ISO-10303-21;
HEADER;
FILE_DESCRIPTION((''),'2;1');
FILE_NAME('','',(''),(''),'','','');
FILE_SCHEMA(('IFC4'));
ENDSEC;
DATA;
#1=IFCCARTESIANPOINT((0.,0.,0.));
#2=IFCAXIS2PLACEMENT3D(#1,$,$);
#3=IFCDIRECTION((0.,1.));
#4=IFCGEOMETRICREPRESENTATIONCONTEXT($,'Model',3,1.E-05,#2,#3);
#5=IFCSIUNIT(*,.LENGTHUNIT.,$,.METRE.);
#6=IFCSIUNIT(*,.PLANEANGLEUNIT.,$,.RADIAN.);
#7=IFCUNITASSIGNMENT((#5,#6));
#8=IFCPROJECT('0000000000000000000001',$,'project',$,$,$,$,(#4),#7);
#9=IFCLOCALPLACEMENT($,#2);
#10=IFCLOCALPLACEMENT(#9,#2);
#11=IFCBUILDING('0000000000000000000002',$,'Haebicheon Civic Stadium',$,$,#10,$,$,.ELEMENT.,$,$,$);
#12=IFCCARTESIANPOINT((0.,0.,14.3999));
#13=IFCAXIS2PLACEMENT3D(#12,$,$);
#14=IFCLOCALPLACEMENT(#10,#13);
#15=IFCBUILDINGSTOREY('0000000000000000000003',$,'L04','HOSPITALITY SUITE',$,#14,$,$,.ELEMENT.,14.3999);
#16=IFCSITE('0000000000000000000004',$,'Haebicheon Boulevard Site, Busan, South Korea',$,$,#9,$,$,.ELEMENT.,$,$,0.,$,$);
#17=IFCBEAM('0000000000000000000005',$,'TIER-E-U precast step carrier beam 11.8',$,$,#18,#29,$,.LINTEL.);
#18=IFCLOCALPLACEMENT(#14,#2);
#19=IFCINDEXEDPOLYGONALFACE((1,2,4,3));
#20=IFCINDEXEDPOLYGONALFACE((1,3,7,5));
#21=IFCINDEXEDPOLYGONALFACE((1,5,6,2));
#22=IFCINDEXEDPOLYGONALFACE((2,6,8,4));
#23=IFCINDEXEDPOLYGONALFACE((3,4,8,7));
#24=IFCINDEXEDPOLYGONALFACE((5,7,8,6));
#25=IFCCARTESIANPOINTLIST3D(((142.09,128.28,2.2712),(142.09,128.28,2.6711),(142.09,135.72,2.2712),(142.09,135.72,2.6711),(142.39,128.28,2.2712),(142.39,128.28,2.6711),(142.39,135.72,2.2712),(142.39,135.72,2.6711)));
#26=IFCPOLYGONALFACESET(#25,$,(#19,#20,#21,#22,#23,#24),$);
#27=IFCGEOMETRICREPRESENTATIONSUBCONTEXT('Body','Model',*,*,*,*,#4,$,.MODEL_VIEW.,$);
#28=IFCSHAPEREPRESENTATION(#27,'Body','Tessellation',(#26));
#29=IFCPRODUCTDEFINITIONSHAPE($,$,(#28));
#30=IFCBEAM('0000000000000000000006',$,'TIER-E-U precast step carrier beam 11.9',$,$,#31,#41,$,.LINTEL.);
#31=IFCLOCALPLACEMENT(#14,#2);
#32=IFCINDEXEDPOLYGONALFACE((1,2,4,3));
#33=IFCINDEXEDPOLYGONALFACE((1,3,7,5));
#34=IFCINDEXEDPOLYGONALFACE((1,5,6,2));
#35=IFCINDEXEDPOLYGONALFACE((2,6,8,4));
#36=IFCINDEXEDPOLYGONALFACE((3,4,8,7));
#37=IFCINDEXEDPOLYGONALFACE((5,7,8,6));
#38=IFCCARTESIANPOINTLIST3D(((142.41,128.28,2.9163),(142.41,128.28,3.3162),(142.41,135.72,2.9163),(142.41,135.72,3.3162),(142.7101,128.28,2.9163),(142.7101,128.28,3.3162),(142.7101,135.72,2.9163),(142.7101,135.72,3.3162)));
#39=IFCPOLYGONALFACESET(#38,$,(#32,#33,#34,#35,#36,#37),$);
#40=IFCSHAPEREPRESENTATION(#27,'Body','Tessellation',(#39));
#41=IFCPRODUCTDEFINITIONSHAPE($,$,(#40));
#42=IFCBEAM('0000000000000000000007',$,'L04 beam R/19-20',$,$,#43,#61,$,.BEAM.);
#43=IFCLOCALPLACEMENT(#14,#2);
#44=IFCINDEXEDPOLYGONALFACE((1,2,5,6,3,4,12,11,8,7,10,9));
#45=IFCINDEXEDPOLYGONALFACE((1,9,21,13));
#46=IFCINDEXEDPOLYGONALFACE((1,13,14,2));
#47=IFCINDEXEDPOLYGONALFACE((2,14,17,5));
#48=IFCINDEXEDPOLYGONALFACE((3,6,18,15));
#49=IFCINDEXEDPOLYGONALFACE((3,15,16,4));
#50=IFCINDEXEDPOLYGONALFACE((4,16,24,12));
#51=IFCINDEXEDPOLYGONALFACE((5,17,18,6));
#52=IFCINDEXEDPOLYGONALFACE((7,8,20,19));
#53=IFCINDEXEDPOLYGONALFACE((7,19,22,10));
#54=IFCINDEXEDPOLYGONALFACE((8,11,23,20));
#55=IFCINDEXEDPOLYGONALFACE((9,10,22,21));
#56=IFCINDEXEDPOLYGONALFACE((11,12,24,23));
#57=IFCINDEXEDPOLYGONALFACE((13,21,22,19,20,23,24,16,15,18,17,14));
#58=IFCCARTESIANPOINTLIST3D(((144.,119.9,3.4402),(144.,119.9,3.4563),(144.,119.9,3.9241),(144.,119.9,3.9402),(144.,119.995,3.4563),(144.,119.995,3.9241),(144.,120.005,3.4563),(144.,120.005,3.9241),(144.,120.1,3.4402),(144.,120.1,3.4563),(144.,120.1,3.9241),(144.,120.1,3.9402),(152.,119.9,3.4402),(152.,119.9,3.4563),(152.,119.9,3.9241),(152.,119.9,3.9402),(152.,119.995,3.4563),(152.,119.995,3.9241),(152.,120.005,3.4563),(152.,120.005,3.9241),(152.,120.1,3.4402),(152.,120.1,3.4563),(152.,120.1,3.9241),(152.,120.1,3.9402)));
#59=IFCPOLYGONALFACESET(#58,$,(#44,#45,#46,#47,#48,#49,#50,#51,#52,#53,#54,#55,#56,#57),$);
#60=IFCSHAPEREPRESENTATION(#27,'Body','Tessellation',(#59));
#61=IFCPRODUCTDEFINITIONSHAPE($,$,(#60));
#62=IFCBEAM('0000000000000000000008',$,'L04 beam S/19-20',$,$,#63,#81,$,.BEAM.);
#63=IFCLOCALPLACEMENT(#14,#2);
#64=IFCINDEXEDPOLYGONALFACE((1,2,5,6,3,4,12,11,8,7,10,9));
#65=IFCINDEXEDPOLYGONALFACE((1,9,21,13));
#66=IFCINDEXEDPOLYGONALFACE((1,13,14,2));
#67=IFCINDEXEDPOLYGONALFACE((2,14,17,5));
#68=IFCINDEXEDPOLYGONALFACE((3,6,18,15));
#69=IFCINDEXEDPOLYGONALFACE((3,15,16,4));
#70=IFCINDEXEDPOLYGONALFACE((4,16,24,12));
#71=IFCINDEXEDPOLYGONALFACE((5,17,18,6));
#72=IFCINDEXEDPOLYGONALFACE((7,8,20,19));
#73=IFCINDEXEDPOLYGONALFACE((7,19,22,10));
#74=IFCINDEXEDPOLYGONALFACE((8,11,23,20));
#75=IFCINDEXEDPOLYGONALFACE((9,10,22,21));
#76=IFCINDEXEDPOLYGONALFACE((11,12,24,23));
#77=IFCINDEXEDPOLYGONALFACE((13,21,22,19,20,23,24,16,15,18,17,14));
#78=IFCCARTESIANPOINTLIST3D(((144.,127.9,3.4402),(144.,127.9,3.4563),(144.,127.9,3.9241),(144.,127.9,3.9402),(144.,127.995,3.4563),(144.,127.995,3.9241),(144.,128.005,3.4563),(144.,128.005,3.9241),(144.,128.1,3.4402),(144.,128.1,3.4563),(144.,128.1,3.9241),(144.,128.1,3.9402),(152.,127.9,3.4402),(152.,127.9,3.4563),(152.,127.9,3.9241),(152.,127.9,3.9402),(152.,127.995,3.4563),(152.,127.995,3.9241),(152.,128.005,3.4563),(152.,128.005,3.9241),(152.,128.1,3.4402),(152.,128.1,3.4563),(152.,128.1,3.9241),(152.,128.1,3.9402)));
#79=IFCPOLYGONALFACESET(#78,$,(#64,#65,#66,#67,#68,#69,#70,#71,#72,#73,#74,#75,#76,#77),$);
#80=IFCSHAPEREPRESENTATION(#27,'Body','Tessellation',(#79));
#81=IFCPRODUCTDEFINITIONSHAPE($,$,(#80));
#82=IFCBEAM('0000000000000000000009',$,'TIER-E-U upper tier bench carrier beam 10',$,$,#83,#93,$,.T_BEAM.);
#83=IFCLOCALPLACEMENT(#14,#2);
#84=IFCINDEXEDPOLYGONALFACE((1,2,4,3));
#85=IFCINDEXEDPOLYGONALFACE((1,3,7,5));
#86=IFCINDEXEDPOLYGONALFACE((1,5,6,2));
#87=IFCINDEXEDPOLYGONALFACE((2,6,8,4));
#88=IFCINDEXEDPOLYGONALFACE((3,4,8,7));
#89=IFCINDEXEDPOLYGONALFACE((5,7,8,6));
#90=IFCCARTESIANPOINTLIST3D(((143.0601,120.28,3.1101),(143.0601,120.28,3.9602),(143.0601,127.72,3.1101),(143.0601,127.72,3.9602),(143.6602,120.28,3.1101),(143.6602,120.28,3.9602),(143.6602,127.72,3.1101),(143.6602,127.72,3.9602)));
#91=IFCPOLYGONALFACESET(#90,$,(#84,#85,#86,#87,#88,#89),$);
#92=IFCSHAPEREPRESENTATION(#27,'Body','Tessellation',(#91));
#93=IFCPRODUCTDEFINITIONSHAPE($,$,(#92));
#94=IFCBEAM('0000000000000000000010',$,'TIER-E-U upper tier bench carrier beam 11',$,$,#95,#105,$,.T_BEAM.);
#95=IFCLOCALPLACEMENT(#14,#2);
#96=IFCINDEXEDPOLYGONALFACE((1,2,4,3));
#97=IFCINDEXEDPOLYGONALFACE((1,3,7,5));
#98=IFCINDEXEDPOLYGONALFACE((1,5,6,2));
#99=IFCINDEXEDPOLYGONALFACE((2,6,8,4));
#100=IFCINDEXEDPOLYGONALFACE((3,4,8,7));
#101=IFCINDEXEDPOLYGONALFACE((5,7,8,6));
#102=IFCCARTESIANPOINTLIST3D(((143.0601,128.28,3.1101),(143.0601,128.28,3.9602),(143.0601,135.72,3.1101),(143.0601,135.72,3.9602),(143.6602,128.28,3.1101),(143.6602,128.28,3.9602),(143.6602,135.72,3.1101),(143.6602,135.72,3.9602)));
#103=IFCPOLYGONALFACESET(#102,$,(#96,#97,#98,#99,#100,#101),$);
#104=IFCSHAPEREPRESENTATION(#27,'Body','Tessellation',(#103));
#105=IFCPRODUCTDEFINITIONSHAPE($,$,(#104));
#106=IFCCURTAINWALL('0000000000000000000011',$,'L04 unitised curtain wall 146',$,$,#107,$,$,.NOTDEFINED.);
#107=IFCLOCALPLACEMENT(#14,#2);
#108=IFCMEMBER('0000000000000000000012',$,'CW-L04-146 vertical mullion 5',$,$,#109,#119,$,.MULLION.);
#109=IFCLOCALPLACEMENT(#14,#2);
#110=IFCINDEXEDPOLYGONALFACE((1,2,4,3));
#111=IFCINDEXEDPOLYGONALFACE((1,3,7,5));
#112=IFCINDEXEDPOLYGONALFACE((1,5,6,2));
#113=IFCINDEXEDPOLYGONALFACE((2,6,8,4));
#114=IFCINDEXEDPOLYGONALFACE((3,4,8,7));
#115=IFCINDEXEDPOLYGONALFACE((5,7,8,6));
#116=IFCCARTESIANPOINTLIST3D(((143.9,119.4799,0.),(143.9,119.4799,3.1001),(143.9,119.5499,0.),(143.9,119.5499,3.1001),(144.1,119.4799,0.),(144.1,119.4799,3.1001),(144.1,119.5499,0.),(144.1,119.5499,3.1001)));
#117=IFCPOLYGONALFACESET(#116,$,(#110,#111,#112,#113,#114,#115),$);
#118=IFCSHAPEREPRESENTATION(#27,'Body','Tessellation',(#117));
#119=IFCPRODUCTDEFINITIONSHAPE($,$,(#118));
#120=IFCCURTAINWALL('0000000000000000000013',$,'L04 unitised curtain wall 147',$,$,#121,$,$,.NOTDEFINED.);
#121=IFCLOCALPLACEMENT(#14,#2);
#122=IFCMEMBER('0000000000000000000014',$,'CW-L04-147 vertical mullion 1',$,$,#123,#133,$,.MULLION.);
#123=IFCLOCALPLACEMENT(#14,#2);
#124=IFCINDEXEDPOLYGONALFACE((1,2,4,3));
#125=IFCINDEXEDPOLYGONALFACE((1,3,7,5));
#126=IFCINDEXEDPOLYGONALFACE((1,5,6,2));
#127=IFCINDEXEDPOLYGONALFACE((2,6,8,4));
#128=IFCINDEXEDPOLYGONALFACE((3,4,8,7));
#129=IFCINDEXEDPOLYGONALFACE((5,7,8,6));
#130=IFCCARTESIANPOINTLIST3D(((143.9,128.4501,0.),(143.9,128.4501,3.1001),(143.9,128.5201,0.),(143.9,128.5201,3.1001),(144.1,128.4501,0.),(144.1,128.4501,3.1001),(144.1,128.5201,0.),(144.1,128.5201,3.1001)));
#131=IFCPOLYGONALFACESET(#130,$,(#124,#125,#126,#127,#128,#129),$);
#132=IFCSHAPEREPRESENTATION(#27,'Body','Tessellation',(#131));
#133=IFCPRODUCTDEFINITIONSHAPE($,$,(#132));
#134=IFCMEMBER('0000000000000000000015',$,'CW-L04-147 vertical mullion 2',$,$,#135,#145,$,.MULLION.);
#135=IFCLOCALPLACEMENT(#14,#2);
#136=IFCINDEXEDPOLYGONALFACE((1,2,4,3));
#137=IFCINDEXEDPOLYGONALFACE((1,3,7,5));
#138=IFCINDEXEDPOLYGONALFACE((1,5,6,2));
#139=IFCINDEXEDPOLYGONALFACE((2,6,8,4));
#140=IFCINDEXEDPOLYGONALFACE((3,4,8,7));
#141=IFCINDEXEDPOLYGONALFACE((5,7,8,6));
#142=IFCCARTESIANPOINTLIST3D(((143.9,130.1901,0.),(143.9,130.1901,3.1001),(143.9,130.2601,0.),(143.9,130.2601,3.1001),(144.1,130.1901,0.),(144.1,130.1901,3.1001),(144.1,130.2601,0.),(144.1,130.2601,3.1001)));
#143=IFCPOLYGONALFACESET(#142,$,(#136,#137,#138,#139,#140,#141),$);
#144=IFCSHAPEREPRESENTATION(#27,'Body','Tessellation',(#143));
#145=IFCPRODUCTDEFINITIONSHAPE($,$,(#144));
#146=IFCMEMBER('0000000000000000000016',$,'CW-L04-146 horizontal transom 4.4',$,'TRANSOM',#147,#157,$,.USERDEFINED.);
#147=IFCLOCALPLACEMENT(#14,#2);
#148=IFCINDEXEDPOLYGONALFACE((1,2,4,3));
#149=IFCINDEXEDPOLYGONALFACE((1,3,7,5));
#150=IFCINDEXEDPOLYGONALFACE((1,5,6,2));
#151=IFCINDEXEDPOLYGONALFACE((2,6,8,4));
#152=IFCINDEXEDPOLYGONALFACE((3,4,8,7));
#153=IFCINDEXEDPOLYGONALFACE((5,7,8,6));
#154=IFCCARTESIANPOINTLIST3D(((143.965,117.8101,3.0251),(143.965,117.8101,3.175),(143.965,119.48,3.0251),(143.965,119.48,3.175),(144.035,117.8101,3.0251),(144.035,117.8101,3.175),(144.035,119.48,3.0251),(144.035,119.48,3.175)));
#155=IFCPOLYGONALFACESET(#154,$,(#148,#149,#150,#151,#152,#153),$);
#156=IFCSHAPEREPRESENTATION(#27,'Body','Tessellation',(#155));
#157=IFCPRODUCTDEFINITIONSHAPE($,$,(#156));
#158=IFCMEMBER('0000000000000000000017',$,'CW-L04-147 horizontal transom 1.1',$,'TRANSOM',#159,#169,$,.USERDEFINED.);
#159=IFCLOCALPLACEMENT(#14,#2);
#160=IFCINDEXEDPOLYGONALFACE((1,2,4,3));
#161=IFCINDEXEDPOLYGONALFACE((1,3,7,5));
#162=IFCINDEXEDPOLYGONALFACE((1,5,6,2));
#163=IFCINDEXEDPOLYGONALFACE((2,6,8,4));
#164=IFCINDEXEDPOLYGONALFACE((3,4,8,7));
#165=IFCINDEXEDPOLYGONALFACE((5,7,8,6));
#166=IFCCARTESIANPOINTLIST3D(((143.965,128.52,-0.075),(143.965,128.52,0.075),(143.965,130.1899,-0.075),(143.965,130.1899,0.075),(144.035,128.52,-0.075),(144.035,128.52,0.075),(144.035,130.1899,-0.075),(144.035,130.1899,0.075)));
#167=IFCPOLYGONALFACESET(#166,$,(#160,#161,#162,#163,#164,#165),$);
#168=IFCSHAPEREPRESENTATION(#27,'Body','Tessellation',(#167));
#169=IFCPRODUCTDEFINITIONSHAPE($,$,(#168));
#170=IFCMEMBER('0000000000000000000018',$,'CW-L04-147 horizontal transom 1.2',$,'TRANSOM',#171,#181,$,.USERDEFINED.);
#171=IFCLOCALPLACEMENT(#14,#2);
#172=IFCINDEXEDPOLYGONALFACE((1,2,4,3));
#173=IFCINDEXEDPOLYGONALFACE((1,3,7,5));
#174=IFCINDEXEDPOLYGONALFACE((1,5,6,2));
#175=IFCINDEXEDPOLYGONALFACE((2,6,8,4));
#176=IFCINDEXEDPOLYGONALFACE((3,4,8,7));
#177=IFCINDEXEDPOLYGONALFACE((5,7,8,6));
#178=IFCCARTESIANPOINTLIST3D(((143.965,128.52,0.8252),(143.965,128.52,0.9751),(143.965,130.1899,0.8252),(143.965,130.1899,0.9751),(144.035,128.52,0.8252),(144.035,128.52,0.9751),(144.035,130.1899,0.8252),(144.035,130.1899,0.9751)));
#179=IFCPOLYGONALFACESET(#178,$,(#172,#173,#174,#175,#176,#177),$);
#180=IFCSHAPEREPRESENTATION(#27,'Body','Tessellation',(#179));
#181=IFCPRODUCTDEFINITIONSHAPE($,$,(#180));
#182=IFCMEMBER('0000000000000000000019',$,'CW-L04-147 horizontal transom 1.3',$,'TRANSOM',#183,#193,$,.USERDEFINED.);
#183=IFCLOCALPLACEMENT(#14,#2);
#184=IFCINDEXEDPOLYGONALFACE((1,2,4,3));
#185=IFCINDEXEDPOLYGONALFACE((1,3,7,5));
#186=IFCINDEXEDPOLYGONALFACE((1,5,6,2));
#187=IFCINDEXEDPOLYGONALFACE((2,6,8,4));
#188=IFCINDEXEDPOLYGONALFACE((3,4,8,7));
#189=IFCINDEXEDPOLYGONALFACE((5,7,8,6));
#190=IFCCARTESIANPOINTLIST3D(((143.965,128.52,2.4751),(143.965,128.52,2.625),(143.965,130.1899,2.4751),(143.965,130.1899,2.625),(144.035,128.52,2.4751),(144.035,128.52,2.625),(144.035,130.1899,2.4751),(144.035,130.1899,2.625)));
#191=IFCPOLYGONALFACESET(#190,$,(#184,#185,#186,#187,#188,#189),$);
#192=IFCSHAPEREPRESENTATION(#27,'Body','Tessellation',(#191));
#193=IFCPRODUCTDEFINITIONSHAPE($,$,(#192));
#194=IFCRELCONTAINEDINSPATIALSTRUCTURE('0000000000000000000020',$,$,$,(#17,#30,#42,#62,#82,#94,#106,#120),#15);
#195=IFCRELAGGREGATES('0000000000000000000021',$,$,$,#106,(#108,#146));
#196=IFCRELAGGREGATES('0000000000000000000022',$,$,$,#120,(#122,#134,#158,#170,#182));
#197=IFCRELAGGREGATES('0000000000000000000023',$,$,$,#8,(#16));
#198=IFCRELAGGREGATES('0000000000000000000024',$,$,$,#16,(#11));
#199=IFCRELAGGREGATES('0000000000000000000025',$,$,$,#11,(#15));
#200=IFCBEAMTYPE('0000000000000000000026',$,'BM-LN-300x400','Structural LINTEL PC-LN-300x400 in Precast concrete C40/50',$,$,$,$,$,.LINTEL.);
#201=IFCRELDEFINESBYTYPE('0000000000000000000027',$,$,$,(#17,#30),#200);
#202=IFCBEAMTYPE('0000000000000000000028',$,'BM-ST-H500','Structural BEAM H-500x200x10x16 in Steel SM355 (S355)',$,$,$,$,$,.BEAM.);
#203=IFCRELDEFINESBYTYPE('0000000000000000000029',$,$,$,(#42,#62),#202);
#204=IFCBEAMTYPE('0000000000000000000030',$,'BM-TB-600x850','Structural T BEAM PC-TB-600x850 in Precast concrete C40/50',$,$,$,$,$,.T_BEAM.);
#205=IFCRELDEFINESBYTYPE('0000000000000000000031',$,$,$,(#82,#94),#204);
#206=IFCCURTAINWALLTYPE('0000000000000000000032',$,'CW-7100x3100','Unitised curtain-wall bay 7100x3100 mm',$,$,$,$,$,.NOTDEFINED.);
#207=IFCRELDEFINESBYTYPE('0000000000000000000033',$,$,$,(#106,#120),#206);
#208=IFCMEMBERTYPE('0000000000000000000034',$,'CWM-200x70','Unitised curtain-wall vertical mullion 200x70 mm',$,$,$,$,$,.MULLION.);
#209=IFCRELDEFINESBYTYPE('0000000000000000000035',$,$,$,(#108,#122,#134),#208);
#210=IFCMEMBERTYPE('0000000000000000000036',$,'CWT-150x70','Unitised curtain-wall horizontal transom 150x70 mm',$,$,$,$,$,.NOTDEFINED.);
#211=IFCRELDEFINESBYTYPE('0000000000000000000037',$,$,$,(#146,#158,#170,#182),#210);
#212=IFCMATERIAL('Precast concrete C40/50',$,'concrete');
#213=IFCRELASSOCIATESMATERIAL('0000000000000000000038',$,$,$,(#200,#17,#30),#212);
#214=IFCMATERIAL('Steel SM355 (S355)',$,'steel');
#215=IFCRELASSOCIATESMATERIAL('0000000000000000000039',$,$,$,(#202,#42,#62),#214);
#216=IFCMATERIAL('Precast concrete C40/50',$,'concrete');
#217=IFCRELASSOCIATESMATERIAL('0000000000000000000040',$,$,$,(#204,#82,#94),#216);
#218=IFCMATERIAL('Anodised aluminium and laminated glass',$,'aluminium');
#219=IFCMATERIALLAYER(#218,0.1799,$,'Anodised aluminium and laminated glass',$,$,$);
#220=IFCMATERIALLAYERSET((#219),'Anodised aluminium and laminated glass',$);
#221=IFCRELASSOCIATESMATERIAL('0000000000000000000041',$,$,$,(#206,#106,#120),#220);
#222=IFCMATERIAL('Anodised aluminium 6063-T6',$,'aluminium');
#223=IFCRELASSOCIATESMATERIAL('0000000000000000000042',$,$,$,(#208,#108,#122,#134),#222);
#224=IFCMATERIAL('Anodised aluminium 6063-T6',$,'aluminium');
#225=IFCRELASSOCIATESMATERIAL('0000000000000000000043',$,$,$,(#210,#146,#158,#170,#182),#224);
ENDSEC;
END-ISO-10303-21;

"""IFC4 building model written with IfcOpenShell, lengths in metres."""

from ifc_helpers import new_model, si_unit, direction, frame, origin, origin_2d, place, context, subcontext, project, spatial, rectangle, i_section, extrude, material, layer, layer_set, material_profile, profile_set, type_object, element, aggregate, save


model = new_model("IFC4")

# Units and contexts
model_context = context("Model", 3, precision=1e-05, world=origin(), true_north=direction((0.0, 1.0)))
body_context = subcontext(model_context, "Body", "Model", "MODEL_VIEW")
ifc_project = project(units=[si_unit("LENGTHUNIT", "METRE"), si_unit("PLANEANGLEUNIT", "RADIAN")], contexts=[model_context])

# Site, building, storey
site_placement = place(None, origin())
site = spatial("IfcSite", under=ifc_project, at=site_placement, Name="Haebicheon Boulevard Site, Busan, South Korea", CompositionType="ELEMENT", RefElevation=0.0)
building_placement = place(site_placement, origin())
building = spatial("IfcBuilding", under=site, at=building_placement, Name="Haebicheon Civic Stadium", CompositionType="ELEMENT")
storey_placement = place(building_placement, frame((0.0, 0.0, 14.3999)))
storey = spatial("IfcBuildingStorey", under=building, at=storey_placement, Name="L04", Description="HOSPITALITY SUITE", CompositionType="ELEMENT", Elevation=14.3999)

# Beams
ifc_material_1 = material(Name="Precast concrete C40/50", Category="concrete")
ifc_material_profile_1 = material_profile(ifc_material_1, rectangle(XDim=0.3, YDim=0.3999, at=origin_2d()), Name="PC-LN-300x400")
ifc_profile_set_1 = profile_set([ifc_material_profile_1], Name="Precast concrete C40/50")
beam_type_1 = type_object("IfcBeamType", Name="BM-LN-300x400", Description="Structural LINTEL PC-LN-300x400 in Precast concrete C40/50", PredefinedType="LINTEL", material=ifc_profile_set_1)
for number, where, z_axis, x_axis, name in (
    (1, (142.24, 128.28, 2.4712), (0.0, 1.0, 0.0), (-1.0, 0.0, 0.0), "TIER-E-U precast step carrier beam 11.8"),
    (2, (142.5601, 128.28, 3.1162), (0.0, 1.0, 0.0), (-1.0, 0.0, 0.0), "TIER-E-U precast step carrier beam 11.9"),
):
    element("IfcBeam", number, at=place(storey_placement, frame(where, z_axis=z_axis, x_axis=x_axis)), inside=storey, type_object=beam_type_1, material=ifc_profile_set_1, Name=name, PredefinedType="LINTEL", context=body_context, shape_type="SweptSolid", body=[
        extrude(rectangle(XDim=0.3, YDim=0.3999, at=origin_2d()), origin(), (0.0, 0.0, 1.0), 7.4399),
    ])
ifc_material_2 = material(Name="Steel SM355 (S355)", Category="steel")
ifc_material_profile_2 = material_profile(ifc_material_2, i_section(OverallWidth=0.2, OverallDepth=0.5, WebThickness=0.01, FlangeThickness=0.0161, at=origin_2d()), Name="H-500x200x10x16")
ifc_profile_set_2 = profile_set([ifc_material_profile_2], Name="Steel SM355 (S355)")
beam_type_2 = type_object("IfcBeamType", Name="BM-ST-H500", Description="Structural BEAM H-500x200x10x16 in Steel SM355 (S355)", PredefinedType="BEAM", material=ifc_profile_set_2)
for number, where, z_axis, x_axis, name in (
    (3, (144.0, 120.0, 3.6902), (1.0, 0.0, 0.0), (0.0, 1.0, 0.0), "L04 beam R/19-20"),
    (4, (144.0, 128.0, 3.6902), (1.0, 0.0, 0.0), (0.0, 1.0, 0.0), "L04 beam S/19-20"),
):
    element("IfcBeam", number, at=place(storey_placement, frame(where, z_axis=z_axis, x_axis=x_axis)), inside=storey, type_object=beam_type_2, material=ifc_profile_set_2, Name=name, PredefinedType="BEAM", context=body_context, shape_type="SweptSolid", body=[
        extrude(i_section(OverallWidth=0.2, OverallDepth=0.5, WebThickness=0.01, FlangeThickness=0.0161, at=origin_2d()), origin(), (0.0, 0.0, 1.0), 8.0),
    ])
ifc_material_3 = material(Name="Precast concrete C40/50", Category="concrete")
ifc_material_profile_3 = material_profile(ifc_material_3, rectangle(XDim=0.6001, YDim=0.8501, at=origin_2d()), Name="PC-TB-600x850")
ifc_profile_set_3 = profile_set([ifc_material_profile_3], Name="Precast concrete C40/50")
beam_type_3 = type_object("IfcBeamType", Name="BM-TB-600x850", Description="Structural T BEAM PC-TB-600x850 in Precast concrete C40/50", PredefinedType="T_BEAM", material=ifc_profile_set_3)
for number, where, z_axis, x_axis, name in (
    (5, (143.3601, 120.28, 3.5352), (0.0, 1.0, 0.0), (-1.0, 0.0, 0.0), "TIER-E-U upper tier bench carrier beam 10"),
    (6, (143.3601, 128.28, 3.5352), (0.0, 1.0, 0.0), (-1.0, 0.0, 0.0), "TIER-E-U upper tier bench carrier beam 11"),
):
    element("IfcBeam", number, at=place(storey_placement, frame(where, z_axis=z_axis, x_axis=x_axis)), inside=storey, type_object=beam_type_3, material=ifc_profile_set_3, Name=name, PredefinedType="T_BEAM", context=body_context, shape_type="SweptSolid", body=[
        extrude(rectangle(XDim=0.6001, YDim=0.8501, at=origin_2d()), origin(), (0.0, 0.0, 1.0), 7.4399),
    ])

# Curtain wall, member
ifc_material_4 = material(Name="Anodised aluminium and laminated glass", Category="aluminium")
ifc_layer_1 = layer(ifc_material_4, 0.1799, Name="Anodised aluminium and laminated glass")
ifc_layer_set_1 = layer_set([ifc_layer_1], Name="Anodised aluminium and laminated glass")
curtain_wall_type = type_object("IfcCurtainWallType", Name="CW-7100x3100", Description="Unitised curtain-wall bay 7100x3100 mm", PredefinedType="NOTDEFINED", material=ifc_layer_set_1)
curtain_wall_1_placement = place(storey_placement, origin())
curtain_wall_1 = element("IfcCurtainWall", 7, at=curtain_wall_1_placement, inside=storey, type_object=curtain_wall_type, material=ifc_layer_set_1, Name="L04 unitised curtain wall 146", PredefinedType="NOTDEFINED")
ifc_material_5 = material(Name="Anodised aluminium 6063-T6", Category="aluminium")
ifc_material_profile_4 = material_profile(ifc_material_5, rectangle(XDim=0.0701, YDim=0.2, at=origin_2d()), Name="ALU-MULL-70x200")
ifc_profile_set_4 = profile_set([ifc_material_profile_4], Name="Anodised aluminium 6063-T6")
member_type_1 = type_object("IfcMemberType", Name="CWM-200x70", Description="Unitised curtain-wall vertical mullion 200x70 mm", PredefinedType="MULLION", material=ifc_profile_set_4)
member_1_placement = place(storey_placement, frame((144.0, 119.5149, 0.0), z_axis=(0.0, 0.0, 1.0), x_axis=(0.0, 1.0, 0.0)))
member_1 = element("IfcMember", 8, at=member_1_placement, type_object=member_type_1, material=ifc_profile_set_4, Name="CW-L04-146 vertical mullion 5", PredefinedType="MULLION", context=body_context, shape_type="SweptSolid", body=[
    extrude(rectangle(XDim=0.0701, YDim=0.2, at=origin_2d()), origin(), (0.0, 0.0, 1.0), 3.1001),
])

# Curtain wall, members
curtain_wall_2_placement = place(storey_placement, origin())
curtain_wall_2 = element("IfcCurtainWall", 9, at=curtain_wall_2_placement, inside=storey, type_object=curtain_wall_type, material=ifc_layer_set_1, Name="L04 unitised curtain wall 147", PredefinedType="NOTDEFINED")
member_2_placement = place(storey_placement, frame((144.0, 128.4851, 0.0), z_axis=(0.0, 0.0, 1.0), x_axis=(0.0, 1.0, 0.0)))
member_2 = element("IfcMember", 10, at=member_2_placement, type_object=member_type_1, material=ifc_profile_set_4, Name="CW-L04-147 vertical mullion 1", PredefinedType="MULLION", context=body_context, shape_type="SweptSolid", body=[
    extrude(rectangle(XDim=0.0701, YDim=0.2, at=origin_2d()), origin(), (0.0, 0.0, 1.0), 3.1001),
])
member_3_placement = place(storey_placement, frame((144.0, 130.2251, 0.0), z_axis=(0.0, 0.0, 1.0), x_axis=(0.0, 1.0, 0.0)))
member_3 = element("IfcMember", 11, at=member_3_placement, type_object=member_type_1, material=ifc_profile_set_4, Name="CW-L04-147 vertical mullion 2", PredefinedType="MULLION", context=body_context, shape_type="SweptSolid", body=[
    extrude(rectangle(XDim=0.0701, YDim=0.2, at=origin_2d()), origin(), (0.0, 0.0, 1.0), 3.1001),
])

# Members
ifc_material_6 = material(Name="Anodised aluminium 6063-T6", Category="aluminium")
ifc_material_profile_5 = material_profile(ifc_material_6, rectangle(XDim=0.0701, YDim=0.1499, at=origin_2d()), Name="ALU-TRAN-70x150")
ifc_profile_set_5 = profile_set([ifc_material_profile_5], Name="Anodised aluminium 6063-T6")
member_type_2 = type_object("IfcMemberType", Name="CWT-150x70", Description="Unitised curtain-wall horizontal transom 150x70 mm", PredefinedType="NOTDEFINED", material=ifc_profile_set_5)
member_4_placement = place(storey_placement, frame((144.0, 117.8101, 3.1001), z_axis=(0.0, 1.0, 0.0), x_axis=(-1.0, 0.0, 0.0)))
member_4 = element("IfcMember", 12, at=member_4_placement, type_object=member_type_2, material=ifc_profile_set_5, Name="CW-L04-146 horizontal transom 4.4", ObjectType="TRANSOM", PredefinedType="USERDEFINED", context=body_context, shape_type="SweptSolid", body=[
    extrude(rectangle(XDim=0.0701, YDim=0.1499, at=origin_2d()), origin(), (0.0, 0.0, 1.0), 1.6699),
])
member_5_placement = place(storey_placement, frame((144.0, 128.52, 0.0), z_axis=(0.0, 1.0, 0.0), x_axis=(-1.0, 0.0, 0.0)))
member_5 = element("IfcMember", 13, at=member_5_placement, type_object=member_type_2, material=ifc_profile_set_5, Name="CW-L04-147 horizontal transom 1.1", ObjectType="TRANSOM", PredefinedType="USERDEFINED", context=body_context, shape_type="SweptSolid", body=[
    extrude(rectangle(XDim=0.0701, YDim=0.1499, at=origin_2d()), origin(), (0.0, 0.0, 1.0), 1.6699),
])
member_6_placement = place(storey_placement, frame((144.0, 128.52, 0.9001), z_axis=(0.0, 1.0, 0.0), x_axis=(-1.0, 0.0, 0.0)))
member_6 = element("IfcMember", 14, at=member_6_placement, type_object=member_type_2, material=ifc_profile_set_5, Name="CW-L04-147 horizontal transom 1.2", ObjectType="TRANSOM", PredefinedType="USERDEFINED", context=body_context, shape_type="SweptSolid", body=[
    extrude(rectangle(XDim=0.0701, YDim=0.1499, at=origin_2d()), origin(), (0.0, 0.0, 1.0), 1.6699),
])
member_7_placement = place(storey_placement, frame((144.0, 128.52, 2.55), z_axis=(0.0, 1.0, 0.0), x_axis=(-1.0, 0.0, 0.0)))
member_7 = element("IfcMember", 15, at=member_7_placement, type_object=member_type_2, material=ifc_profile_set_5, Name="CW-L04-147 horizontal transom 1.3", ObjectType="TRANSOM", PredefinedType="USERDEFINED", context=body_context, shape_type="SweptSolid", body=[
    extrude(rectangle(XDim=0.0701, YDim=0.1499, at=origin_2d()), origin(), (0.0, 0.0, 1.0), 1.6699),
])

aggregate(curtain_wall_1, [member_1, member_4])
aggregate(curtain_wall_2, [member_2, member_3, member_5, member_6, member_7])

save(model, "model.ifc")
